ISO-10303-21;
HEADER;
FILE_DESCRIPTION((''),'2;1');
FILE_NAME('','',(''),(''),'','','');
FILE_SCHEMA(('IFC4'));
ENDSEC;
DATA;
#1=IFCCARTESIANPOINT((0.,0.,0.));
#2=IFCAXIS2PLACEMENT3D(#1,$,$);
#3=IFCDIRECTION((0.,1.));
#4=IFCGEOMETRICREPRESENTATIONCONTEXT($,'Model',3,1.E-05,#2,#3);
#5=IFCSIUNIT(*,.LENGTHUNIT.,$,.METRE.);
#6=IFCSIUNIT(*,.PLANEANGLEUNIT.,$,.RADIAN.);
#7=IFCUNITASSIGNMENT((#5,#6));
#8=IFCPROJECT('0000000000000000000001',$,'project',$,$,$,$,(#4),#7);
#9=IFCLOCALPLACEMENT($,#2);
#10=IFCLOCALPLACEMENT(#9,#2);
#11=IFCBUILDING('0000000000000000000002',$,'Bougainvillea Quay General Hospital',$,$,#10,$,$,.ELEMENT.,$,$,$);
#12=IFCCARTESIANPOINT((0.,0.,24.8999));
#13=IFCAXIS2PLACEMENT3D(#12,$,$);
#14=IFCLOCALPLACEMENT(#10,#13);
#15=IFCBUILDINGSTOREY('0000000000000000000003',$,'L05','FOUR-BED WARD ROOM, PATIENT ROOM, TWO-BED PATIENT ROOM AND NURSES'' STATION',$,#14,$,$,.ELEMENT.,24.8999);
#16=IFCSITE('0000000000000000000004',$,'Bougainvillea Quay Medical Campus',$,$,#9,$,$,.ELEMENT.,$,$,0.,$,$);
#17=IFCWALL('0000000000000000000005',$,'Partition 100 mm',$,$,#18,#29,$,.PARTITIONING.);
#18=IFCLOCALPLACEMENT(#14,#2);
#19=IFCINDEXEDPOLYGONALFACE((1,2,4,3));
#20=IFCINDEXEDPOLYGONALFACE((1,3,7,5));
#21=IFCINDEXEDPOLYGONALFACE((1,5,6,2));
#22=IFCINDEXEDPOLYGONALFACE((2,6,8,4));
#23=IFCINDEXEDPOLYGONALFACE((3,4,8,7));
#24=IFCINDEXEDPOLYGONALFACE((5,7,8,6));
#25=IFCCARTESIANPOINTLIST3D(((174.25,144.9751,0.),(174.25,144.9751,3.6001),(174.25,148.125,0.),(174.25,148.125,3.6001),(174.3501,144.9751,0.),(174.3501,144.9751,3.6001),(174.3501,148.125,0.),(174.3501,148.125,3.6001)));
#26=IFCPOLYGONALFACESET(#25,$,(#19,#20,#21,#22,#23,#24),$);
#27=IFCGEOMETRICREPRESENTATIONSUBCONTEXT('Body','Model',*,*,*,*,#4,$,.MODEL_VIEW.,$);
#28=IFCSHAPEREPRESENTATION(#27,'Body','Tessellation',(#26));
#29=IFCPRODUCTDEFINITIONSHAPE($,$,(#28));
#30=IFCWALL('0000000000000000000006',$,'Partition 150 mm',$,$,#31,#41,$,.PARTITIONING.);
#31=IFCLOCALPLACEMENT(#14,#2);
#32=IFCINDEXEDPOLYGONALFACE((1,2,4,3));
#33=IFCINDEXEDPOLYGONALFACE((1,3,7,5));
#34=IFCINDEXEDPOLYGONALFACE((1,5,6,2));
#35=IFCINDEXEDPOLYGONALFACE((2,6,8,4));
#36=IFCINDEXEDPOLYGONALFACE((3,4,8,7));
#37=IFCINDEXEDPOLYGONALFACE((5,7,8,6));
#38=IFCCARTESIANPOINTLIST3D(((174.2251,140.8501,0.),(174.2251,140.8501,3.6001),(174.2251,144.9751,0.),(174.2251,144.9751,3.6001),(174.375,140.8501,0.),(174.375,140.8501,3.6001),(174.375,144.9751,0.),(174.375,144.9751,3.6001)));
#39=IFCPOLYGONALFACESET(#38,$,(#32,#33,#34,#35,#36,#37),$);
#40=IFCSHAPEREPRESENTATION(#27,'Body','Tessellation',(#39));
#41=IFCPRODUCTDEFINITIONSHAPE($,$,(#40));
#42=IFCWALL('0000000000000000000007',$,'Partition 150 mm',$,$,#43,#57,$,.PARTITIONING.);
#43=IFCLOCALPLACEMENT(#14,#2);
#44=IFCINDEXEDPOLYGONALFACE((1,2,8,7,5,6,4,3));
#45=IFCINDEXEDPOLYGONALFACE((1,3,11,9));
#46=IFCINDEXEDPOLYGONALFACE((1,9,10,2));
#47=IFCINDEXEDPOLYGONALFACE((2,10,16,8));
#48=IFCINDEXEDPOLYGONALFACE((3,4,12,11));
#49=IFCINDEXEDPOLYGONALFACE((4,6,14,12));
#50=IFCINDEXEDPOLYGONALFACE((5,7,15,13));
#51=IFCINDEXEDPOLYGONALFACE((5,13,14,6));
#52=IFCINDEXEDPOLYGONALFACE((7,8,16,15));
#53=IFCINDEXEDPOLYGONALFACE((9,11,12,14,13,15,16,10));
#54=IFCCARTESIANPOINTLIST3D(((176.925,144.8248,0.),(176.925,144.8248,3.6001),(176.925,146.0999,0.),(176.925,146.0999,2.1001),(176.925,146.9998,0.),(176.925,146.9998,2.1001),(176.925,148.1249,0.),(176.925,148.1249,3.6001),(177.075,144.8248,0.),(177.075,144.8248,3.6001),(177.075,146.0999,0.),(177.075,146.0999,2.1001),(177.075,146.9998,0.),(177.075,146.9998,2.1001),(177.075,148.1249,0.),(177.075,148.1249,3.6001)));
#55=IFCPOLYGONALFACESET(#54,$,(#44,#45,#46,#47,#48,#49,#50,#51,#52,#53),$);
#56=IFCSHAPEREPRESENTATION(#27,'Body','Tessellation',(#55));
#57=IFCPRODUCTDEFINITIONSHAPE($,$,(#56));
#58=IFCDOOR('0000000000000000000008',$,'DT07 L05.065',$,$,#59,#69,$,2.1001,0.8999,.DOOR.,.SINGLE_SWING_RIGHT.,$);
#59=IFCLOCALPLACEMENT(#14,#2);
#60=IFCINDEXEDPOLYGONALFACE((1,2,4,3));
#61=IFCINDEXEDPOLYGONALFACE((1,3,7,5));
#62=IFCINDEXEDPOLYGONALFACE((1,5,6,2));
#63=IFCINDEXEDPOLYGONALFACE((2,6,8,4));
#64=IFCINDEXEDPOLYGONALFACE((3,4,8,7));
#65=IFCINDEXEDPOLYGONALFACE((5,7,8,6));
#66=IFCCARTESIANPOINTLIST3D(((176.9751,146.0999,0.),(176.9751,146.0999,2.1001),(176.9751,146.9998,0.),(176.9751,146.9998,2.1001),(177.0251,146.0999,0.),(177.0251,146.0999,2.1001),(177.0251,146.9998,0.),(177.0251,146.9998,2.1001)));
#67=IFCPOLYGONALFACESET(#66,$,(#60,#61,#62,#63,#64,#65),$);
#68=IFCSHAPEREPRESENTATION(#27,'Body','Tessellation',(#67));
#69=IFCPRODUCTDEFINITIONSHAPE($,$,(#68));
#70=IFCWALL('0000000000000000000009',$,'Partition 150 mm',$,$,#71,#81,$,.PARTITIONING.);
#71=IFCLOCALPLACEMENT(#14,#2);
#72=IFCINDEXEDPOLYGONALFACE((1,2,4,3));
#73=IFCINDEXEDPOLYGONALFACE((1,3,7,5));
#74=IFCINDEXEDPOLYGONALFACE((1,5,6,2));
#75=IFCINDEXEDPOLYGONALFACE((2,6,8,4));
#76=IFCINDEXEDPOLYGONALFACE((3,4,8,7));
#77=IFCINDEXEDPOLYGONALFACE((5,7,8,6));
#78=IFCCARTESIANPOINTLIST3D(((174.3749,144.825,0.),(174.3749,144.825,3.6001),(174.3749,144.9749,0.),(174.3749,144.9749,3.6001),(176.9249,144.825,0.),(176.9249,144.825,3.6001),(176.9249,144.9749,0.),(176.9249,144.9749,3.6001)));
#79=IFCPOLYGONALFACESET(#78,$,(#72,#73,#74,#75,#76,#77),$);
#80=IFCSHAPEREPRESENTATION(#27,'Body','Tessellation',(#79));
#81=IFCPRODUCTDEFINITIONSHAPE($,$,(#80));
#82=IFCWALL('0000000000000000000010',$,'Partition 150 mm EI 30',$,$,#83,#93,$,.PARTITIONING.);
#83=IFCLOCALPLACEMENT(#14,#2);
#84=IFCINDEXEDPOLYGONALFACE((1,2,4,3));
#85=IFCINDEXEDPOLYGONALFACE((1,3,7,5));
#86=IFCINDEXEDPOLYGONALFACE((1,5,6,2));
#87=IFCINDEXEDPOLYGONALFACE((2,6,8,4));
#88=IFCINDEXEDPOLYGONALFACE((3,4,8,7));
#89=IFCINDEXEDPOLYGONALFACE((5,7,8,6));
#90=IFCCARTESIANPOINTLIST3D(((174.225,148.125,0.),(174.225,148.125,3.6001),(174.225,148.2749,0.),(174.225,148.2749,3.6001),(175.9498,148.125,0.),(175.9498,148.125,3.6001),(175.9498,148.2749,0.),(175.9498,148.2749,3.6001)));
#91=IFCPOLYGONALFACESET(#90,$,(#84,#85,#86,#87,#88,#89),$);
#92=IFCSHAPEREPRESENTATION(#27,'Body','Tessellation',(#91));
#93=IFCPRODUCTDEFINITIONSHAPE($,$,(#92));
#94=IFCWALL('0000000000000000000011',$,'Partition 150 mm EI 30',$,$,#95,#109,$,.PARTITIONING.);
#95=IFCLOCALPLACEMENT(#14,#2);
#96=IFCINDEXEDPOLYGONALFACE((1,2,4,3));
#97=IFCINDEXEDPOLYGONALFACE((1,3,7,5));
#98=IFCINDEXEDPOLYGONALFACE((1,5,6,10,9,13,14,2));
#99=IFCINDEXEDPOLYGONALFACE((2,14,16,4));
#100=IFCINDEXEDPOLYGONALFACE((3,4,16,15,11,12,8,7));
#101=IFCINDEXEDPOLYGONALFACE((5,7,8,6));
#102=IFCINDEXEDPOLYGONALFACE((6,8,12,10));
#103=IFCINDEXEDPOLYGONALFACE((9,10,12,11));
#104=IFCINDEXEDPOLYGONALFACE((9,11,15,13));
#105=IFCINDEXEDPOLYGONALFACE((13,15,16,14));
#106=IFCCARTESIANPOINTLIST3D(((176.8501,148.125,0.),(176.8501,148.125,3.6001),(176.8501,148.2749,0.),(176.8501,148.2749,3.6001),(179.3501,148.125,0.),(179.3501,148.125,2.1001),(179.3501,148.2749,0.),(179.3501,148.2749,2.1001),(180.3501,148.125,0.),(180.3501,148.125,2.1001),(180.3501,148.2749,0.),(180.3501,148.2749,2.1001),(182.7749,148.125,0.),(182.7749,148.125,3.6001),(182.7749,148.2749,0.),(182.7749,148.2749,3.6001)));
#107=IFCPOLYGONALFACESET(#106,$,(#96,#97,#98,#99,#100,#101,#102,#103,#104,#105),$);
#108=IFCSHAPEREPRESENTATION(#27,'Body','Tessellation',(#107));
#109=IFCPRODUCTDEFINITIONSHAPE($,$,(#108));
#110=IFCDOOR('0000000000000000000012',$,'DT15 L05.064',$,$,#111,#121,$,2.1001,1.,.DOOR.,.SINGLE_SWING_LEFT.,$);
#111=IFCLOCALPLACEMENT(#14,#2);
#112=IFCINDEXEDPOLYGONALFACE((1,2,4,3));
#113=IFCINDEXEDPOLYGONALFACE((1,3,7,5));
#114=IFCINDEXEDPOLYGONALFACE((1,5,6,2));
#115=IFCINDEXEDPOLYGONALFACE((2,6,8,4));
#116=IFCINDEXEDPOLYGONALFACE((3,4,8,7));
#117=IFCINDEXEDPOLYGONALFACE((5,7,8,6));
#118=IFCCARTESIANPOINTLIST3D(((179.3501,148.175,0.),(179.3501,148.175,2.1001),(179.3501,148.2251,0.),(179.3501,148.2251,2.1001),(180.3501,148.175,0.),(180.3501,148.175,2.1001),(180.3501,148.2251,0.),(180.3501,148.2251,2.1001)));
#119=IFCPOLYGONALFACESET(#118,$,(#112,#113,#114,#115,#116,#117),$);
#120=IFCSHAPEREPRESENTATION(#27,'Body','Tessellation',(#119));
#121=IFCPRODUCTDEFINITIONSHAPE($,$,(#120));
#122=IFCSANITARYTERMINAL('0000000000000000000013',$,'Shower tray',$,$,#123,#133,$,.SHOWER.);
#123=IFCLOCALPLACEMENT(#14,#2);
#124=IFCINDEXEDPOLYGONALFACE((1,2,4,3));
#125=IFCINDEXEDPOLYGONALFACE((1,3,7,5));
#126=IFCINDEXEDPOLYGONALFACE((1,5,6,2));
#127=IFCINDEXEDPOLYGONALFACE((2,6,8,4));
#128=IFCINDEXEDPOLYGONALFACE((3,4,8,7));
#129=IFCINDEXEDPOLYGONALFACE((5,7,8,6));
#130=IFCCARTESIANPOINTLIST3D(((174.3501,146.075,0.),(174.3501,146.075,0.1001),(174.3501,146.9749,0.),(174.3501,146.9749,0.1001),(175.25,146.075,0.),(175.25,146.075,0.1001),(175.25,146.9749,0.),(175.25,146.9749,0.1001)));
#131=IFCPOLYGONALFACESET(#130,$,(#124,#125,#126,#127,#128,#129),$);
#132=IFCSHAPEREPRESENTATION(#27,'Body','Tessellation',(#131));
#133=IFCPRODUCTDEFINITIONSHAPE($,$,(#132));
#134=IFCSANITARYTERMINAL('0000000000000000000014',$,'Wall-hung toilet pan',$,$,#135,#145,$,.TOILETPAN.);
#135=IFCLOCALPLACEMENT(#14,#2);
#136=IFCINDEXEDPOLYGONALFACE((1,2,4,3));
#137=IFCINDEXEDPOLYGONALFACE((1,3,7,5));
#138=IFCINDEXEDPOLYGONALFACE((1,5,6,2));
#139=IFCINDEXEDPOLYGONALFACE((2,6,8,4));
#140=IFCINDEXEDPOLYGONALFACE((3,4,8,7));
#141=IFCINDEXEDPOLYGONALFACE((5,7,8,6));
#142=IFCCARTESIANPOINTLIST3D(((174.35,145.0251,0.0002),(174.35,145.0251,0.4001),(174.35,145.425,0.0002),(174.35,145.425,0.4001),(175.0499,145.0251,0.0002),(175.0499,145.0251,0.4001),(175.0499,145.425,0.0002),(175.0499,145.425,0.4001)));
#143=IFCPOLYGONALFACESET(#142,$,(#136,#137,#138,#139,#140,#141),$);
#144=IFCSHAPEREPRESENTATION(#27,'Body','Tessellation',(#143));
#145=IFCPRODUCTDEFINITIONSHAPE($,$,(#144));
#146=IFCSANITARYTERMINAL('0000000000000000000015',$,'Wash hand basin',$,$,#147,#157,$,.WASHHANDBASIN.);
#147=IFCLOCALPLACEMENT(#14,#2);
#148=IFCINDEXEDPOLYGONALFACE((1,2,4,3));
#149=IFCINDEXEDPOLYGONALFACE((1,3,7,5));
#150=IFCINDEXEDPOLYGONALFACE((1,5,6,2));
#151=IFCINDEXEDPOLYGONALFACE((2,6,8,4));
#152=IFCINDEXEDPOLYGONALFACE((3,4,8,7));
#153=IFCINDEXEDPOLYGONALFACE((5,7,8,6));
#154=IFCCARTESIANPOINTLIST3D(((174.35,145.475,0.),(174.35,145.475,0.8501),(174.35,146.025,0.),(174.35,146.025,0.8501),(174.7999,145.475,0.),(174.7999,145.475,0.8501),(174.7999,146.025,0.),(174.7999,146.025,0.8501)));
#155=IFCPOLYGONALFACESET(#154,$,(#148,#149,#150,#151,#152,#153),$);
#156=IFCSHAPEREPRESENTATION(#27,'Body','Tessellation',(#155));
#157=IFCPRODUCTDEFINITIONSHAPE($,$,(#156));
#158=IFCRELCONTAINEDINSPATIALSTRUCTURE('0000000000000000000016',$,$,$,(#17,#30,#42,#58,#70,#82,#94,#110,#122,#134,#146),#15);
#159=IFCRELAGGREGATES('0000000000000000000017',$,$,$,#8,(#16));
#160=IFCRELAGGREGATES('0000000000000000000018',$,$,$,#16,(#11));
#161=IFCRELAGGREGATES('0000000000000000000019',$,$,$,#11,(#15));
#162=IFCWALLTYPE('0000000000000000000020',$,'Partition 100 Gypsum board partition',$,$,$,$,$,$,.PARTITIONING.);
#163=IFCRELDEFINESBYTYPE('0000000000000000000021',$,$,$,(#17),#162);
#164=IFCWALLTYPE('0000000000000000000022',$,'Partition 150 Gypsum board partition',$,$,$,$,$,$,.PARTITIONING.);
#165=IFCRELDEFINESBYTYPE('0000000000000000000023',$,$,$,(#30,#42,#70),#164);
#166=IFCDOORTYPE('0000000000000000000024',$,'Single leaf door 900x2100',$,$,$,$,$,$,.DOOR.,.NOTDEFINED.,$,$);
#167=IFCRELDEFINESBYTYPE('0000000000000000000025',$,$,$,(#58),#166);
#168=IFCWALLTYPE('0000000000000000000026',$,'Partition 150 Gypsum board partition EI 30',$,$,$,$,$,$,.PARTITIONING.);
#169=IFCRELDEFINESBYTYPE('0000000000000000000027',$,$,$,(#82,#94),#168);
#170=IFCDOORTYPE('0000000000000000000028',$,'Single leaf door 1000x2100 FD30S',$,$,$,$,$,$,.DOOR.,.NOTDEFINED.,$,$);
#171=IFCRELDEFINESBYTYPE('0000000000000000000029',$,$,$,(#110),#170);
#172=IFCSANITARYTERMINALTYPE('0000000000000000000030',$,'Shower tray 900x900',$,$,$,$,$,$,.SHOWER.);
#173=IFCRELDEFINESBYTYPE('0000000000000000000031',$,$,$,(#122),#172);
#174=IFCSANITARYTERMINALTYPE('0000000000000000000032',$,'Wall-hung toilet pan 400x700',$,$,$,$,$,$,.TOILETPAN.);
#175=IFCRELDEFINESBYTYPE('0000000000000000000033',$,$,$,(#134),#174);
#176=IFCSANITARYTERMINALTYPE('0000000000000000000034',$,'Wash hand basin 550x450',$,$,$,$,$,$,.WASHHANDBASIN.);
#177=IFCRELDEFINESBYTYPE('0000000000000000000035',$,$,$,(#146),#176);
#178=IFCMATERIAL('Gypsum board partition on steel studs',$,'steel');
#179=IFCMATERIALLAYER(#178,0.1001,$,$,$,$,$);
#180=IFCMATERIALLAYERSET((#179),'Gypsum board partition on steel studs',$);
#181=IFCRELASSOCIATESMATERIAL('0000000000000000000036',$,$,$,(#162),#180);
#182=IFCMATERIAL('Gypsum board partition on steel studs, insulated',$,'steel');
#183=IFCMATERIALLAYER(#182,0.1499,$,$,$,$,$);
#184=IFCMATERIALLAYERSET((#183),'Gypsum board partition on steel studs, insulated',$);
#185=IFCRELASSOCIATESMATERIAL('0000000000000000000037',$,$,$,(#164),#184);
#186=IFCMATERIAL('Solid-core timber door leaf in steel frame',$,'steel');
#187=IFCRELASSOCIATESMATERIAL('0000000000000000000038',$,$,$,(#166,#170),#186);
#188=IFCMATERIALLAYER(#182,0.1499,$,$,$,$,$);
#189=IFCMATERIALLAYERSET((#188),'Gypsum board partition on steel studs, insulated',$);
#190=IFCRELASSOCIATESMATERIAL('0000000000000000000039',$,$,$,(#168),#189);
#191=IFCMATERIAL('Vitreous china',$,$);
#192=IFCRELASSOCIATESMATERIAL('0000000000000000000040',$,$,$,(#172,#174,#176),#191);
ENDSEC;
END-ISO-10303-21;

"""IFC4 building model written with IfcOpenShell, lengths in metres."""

from ifc_helpers import new_model, si_unit, direction, frame, frame_2d, origin, origin_2d, place, context, subcontext, project, spatial, rectangle, extrude, material, layer, layer_set, type_object, element, fill, save


model = new_model("IFC4")

# Units and contexts
model_context = context("Model", 3, precision=1e-05, world=origin(), true_north=direction((0.0, 1.0)))
body_context = subcontext(model_context, "Body", "Model", "MODEL_VIEW")
ifc_project = project(units=[si_unit("LENGTHUNIT", "METRE"), si_unit("PLANEANGLEUNIT", "RADIAN")], contexts=[model_context])

# Site, building, storey
site_placement = place(None, origin())
site = spatial("IfcSite", under=ifc_project, at=site_placement, Name="Bougainvillea Quay Medical Campus", CompositionType="ELEMENT", RefElevation=0.0)
building_placement = place(site_placement, origin())
building = spatial("IfcBuilding", under=site, at=building_placement, Name="Bougainvillea Quay General Hospital", CompositionType="ELEMENT")
storey_placement = place(building_placement, frame((0.0, 0.0, 24.8999)))
storey = spatial("IfcBuildingStorey", under=building, at=storey_placement, Name="L05", Description="FOUR-BED WARD ROOM, PATIENT ROOM, TWO-BED PATIENT ROOM AND NURSES' STATION", CompositionType="ELEMENT", Elevation=24.8999)

# Walls
ifc_material_1 = material(Name="Gypsum board partition on steel studs", Category="steel")
ifc_layer_1 = layer(ifc_material_1, 0.1001)
ifc_layer_set_1 = layer_set([ifc_layer_1], Name="Gypsum board partition on steel studs")
wall_type_1 = type_object("IfcWallType", Name="Partition 100 Gypsum board partition", PredefinedType="PARTITIONING", material=ifc_layer_set_1)
wall_1_placement = place(storey_placement, frame((174.3, 144.9751, 0.0), z_axis=(0.0, 0.0, 1.0), x_axis=(0.0, 1.0, 0.0)))
element("IfcWall", 1, at=wall_1_placement, inside=storey, type_object=wall_type_1, Name="Partition 100 mm", PredefinedType="PARTITIONING", context=body_context, shape_type="SweptSolid", body=[
    extrude(rectangle(XDim=3.1499, YDim=0.1001, at=frame_2d((1.575, 0.0))), origin(), (0.0, 0.0, 1.0), 3.6001),
])
ifc_material_2 = material(Name="Gypsum board partition on steel studs, insulated", Category="steel")
ifc_layer_2 = layer(ifc_material_2, 0.1499)
ifc_layer_set_2 = layer_set([ifc_layer_2], Name="Gypsum board partition on steel studs, insulated")
wall_type_2 = type_object("IfcWallType", Name="Partition 150 Gypsum board partition", PredefinedType="PARTITIONING", material=ifc_layer_set_2)
wall_2_placement = place(storey_placement, frame((174.3, 140.8501, 0.0), z_axis=(0.0, 0.0, 1.0), x_axis=(0.0, 1.0, 0.0)))
element("IfcWall", 2, at=wall_2_placement, inside=storey, type_object=wall_type_2, Name="Partition 150 mm", PredefinedType="PARTITIONING", context=body_context, shape_type="SweptSolid", body=[
    extrude(rectangle(XDim=4.125, YDim=0.1499, at=frame_2d((2.0625, 0.0))), origin(), (0.0, 0.0, 1.0), 3.6001),
])

# Wall, opening, door
wall_3_placement = place(storey_placement, frame((177.0, 144.825, 0.0), z_axis=(0.0, 0.0, 1.0), x_axis=(0.0, 1.0, 0.0)))
wall_3 = element("IfcWall", 3, at=wall_3_placement, inside=storey, type_object=wall_type_2, Name="Partition 150 mm", PredefinedType="PARTITIONING", context=body_context, shape_type="SweptSolid", body=[
    extrude(rectangle(XDim=3.3, YDim=0.1499, at=frame_2d((1.6499, 0.0))), origin(), (0.0, 0.0, 1.0), 3.6001),
])
opening_1_placement = place(wall_3_placement, frame((1.2749, 0.0, 0.0)))
opening_1 = element("IfcOpeningElement", 4, at=opening_1_placement, cuts=wall_3, PredefinedType="OPENING", context=body_context, shape_type="SweptSolid", body=[
    extrude(rectangle(XDim=0.8999, YDim=2.1001, at=frame_2d((0.45, 1.05))), frame((0.0, 0.085, 0.0), z_axis=(0.0, -1.0, 0.0), x_axis=(1.0, 0.0, 0.0)), (0.0, 0.0, 1.0), 0.1699),
])
ifc_material_3 = material(Name="Solid-core timber door leaf in steel frame", Category="steel")
door_type_1 = type_object("IfcDoorType", Name="Single leaf door 900x2100", OperationType="NOTDEFINED", PredefinedType="DOOR", material=ifc_material_3)
door_1_placement = place(opening_1_placement, origin())
door_1 = element("IfcDoor", 5, at=door_1_placement, inside=storey, type_object=door_type_1, Name="DT07 L05.065", OperationType="SINGLE_SWING_RIGHT", OverallHeight=2.1001, OverallWidth=0.8999, PredefinedType="DOOR", context=body_context, shape_type="SweptSolid", body=[
    extrude(rectangle(XDim=0.8999, YDim=2.1001, at=frame_2d((0.45, 1.05))), frame((0.0, 0.0249, 0.0), z_axis=(0.0, -1.0, 0.0), x_axis=(1.0, 0.0, 0.0)), (0.0, 0.0, 1.0), 0.05),
])
fill(opening_1, door_1)

# Walls
wall_4_placement = place(storey_placement, frame((174.375, 144.8999, 0.0), z_axis=(0.0, 0.0, 1.0), x_axis=(1.0, 0.0, 0.0)))
element("IfcWall", 6, at=wall_4_placement, inside=storey, type_object=wall_type_2, Name="Partition 150 mm", PredefinedType="PARTITIONING", context=body_context, shape_type="SweptSolid", body=[
    extrude(rectangle(XDim=2.55, YDim=0.1499, at=frame_2d((1.2749, 0.0))), origin(), (0.0, 0.0, 1.0), 3.6001),
])
ifc_layer_3 = layer(ifc_material_2, 0.1499)
ifc_layer_set_3 = layer_set([ifc_layer_3], Name="Gypsum board partition on steel studs, insulated")
wall_type_3 = type_object("IfcWallType", Name="Partition 150 Gypsum board partition EI 30", PredefinedType="PARTITIONING", material=ifc_layer_set_3)
wall_5_placement = place(storey_placement, frame((174.2251, 148.2, 0.0), z_axis=(0.0, 0.0, 1.0), x_axis=(1.0, 0.0, 0.0)))
element("IfcWall", 7, at=wall_5_placement, inside=storey, type_object=wall_type_3, Name="Partition 150 mm EI 30", PredefinedType="PARTITIONING", context=body_context, shape_type="SweptSolid", body=[
    extrude(rectangle(XDim=1.7249, YDim=0.1499, at=frame_2d((0.8623, 0.0))), origin(), (0.0, 0.0, 1.0), 3.6001),
])

# Wall, opening, door
wall_6_placement = place(storey_placement, frame((176.8501, 148.2, 0.0), z_axis=(0.0, 0.0, 1.0), x_axis=(1.0, 0.0, 0.0)))
wall_6 = element("IfcWall", 8, at=wall_6_placement, inside=storey, type_object=wall_type_3, Name="Partition 150 mm EI 30", PredefinedType="PARTITIONING", context=body_context, shape_type="SweptSolid", body=[
    extrude(rectangle(XDim=5.9248, YDim=0.1499, at=frame_2d((2.9624, 0.0))), origin(), (0.0, 0.0, 1.0), 3.6001),
])
opening_2_placement = place(wall_6_placement, frame((2.5, 0.0, 0.0)))
opening_2 = element("IfcOpeningElement", 9, at=opening_2_placement, cuts=wall_6, PredefinedType="OPENING", context=body_context, shape_type="SweptSolid", body=[
    extrude(rectangle(XDim=1.0, YDim=2.1001, at=frame_2d((0.5, 1.05))), frame((0.0, 0.085, 0.0), z_axis=(0.0, -1.0, 0.0), x_axis=(1.0, 0.0, 0.0)), (0.0, 0.0, 1.0), 0.1699),
])
door_type_2 = type_object("IfcDoorType", Name="Single leaf door 1000x2100 FD30S", OperationType="NOTDEFINED", PredefinedType="DOOR", material=ifc_material_3)
door_2_placement = place(opening_2_placement, frame((1.0, 0.0, 0.0), z_axis=(0.0, 0.0, 1.0), x_axis=(-1.0, 0.0, 0.0)))
door_2 = element("IfcDoor", 10, at=door_2_placement, inside=storey, type_object=door_type_2, Name="DT15 L05.064", OperationType="SINGLE_SWING_LEFT", OverallHeight=2.1001, OverallWidth=1.0, PredefinedType="DOOR", context=body_context, shape_type="SweptSolid", body=[
    extrude(rectangle(XDim=1.0, YDim=2.1001, at=frame_2d((0.5, 1.05))), frame((0.0, 0.0249, 0.0), z_axis=(0.0, -1.0, 0.0), x_axis=(1.0, 0.0, 0.0)), (0.0, 0.0, 1.0), 0.05),
])
fill(opening_2, door_2)

# Sanitary terminals
ifc_material_4 = material(Name="Vitreous china")
sanitary_terminal_type_1 = type_object("IfcSanitaryTerminalType", Name="Shower tray 900x900", PredefinedType="SHOWER", material=ifc_material_4)
sanitary_terminal_1_placement = place(storey_placement, frame((174.8, 146.5249, 0.0), z_axis=(0.0, 0.0, 1.0), x_axis=(0.0, 1.0, 0.0)))
element("IfcSanitaryTerminal", 11, at=sanitary_terminal_1_placement, inside=storey, type_object=sanitary_terminal_type_1, Name="Shower tray", PredefinedType="SHOWER", context=body_context, shape_type="SweptSolid", body=[
    extrude(rectangle(XDim=0.8999, YDim=0.8999, at=origin_2d()), origin(), (0.0, 0.0, 1.0), 0.1001),
])
sanitary_terminal_type_2 = type_object("IfcSanitaryTerminalType", Name="Wall-hung toilet pan 400x700", PredefinedType="TOILETPAN", material=ifc_material_4)
sanitary_terminal_2_placement = place(storey_placement, frame((174.7, 145.2251, 0.0002), z_axis=(0.0, 0.0, 1.0), x_axis=(0.0, 1.0, 0.0)))
element("IfcSanitaryTerminal", 12, at=sanitary_terminal_2_placement, inside=storey, type_object=sanitary_terminal_type_2, Name="Wall-hung toilet pan", PredefinedType="TOILETPAN", context=body_context, shape_type="SweptSolid", body=[
    extrude(rectangle(XDim=0.3999, YDim=0.7, at=origin_2d()), origin(), (0.0, 0.0, 1.0), 0.3999),
])
sanitary_terminal_type_3 = type_object("IfcSanitaryTerminalType", Name="Wash hand basin 550x450", PredefinedType="WASHHANDBASIN", material=ifc_material_4)
sanitary_terminal_3_placement = place(storey_placement, frame((174.575, 145.75, 0.0), z_axis=(0.0, 0.0, 1.0), x_axis=(0.0, 1.0, 0.0)))
element("IfcSanitaryTerminal", 13, at=sanitary_terminal_3_placement, inside=storey, type_object=sanitary_terminal_type_3, Name="Wash hand basin", PredefinedType="WASHHANDBASIN", context=body_context, shape_type="SweptSolid", body=[
    extrude(rectangle(XDim=0.55, YDim=0.45, at=origin_2d()), origin(), (0.0, 0.0, 1.0), 0.8501),
])

save(model, "model.ifc")
